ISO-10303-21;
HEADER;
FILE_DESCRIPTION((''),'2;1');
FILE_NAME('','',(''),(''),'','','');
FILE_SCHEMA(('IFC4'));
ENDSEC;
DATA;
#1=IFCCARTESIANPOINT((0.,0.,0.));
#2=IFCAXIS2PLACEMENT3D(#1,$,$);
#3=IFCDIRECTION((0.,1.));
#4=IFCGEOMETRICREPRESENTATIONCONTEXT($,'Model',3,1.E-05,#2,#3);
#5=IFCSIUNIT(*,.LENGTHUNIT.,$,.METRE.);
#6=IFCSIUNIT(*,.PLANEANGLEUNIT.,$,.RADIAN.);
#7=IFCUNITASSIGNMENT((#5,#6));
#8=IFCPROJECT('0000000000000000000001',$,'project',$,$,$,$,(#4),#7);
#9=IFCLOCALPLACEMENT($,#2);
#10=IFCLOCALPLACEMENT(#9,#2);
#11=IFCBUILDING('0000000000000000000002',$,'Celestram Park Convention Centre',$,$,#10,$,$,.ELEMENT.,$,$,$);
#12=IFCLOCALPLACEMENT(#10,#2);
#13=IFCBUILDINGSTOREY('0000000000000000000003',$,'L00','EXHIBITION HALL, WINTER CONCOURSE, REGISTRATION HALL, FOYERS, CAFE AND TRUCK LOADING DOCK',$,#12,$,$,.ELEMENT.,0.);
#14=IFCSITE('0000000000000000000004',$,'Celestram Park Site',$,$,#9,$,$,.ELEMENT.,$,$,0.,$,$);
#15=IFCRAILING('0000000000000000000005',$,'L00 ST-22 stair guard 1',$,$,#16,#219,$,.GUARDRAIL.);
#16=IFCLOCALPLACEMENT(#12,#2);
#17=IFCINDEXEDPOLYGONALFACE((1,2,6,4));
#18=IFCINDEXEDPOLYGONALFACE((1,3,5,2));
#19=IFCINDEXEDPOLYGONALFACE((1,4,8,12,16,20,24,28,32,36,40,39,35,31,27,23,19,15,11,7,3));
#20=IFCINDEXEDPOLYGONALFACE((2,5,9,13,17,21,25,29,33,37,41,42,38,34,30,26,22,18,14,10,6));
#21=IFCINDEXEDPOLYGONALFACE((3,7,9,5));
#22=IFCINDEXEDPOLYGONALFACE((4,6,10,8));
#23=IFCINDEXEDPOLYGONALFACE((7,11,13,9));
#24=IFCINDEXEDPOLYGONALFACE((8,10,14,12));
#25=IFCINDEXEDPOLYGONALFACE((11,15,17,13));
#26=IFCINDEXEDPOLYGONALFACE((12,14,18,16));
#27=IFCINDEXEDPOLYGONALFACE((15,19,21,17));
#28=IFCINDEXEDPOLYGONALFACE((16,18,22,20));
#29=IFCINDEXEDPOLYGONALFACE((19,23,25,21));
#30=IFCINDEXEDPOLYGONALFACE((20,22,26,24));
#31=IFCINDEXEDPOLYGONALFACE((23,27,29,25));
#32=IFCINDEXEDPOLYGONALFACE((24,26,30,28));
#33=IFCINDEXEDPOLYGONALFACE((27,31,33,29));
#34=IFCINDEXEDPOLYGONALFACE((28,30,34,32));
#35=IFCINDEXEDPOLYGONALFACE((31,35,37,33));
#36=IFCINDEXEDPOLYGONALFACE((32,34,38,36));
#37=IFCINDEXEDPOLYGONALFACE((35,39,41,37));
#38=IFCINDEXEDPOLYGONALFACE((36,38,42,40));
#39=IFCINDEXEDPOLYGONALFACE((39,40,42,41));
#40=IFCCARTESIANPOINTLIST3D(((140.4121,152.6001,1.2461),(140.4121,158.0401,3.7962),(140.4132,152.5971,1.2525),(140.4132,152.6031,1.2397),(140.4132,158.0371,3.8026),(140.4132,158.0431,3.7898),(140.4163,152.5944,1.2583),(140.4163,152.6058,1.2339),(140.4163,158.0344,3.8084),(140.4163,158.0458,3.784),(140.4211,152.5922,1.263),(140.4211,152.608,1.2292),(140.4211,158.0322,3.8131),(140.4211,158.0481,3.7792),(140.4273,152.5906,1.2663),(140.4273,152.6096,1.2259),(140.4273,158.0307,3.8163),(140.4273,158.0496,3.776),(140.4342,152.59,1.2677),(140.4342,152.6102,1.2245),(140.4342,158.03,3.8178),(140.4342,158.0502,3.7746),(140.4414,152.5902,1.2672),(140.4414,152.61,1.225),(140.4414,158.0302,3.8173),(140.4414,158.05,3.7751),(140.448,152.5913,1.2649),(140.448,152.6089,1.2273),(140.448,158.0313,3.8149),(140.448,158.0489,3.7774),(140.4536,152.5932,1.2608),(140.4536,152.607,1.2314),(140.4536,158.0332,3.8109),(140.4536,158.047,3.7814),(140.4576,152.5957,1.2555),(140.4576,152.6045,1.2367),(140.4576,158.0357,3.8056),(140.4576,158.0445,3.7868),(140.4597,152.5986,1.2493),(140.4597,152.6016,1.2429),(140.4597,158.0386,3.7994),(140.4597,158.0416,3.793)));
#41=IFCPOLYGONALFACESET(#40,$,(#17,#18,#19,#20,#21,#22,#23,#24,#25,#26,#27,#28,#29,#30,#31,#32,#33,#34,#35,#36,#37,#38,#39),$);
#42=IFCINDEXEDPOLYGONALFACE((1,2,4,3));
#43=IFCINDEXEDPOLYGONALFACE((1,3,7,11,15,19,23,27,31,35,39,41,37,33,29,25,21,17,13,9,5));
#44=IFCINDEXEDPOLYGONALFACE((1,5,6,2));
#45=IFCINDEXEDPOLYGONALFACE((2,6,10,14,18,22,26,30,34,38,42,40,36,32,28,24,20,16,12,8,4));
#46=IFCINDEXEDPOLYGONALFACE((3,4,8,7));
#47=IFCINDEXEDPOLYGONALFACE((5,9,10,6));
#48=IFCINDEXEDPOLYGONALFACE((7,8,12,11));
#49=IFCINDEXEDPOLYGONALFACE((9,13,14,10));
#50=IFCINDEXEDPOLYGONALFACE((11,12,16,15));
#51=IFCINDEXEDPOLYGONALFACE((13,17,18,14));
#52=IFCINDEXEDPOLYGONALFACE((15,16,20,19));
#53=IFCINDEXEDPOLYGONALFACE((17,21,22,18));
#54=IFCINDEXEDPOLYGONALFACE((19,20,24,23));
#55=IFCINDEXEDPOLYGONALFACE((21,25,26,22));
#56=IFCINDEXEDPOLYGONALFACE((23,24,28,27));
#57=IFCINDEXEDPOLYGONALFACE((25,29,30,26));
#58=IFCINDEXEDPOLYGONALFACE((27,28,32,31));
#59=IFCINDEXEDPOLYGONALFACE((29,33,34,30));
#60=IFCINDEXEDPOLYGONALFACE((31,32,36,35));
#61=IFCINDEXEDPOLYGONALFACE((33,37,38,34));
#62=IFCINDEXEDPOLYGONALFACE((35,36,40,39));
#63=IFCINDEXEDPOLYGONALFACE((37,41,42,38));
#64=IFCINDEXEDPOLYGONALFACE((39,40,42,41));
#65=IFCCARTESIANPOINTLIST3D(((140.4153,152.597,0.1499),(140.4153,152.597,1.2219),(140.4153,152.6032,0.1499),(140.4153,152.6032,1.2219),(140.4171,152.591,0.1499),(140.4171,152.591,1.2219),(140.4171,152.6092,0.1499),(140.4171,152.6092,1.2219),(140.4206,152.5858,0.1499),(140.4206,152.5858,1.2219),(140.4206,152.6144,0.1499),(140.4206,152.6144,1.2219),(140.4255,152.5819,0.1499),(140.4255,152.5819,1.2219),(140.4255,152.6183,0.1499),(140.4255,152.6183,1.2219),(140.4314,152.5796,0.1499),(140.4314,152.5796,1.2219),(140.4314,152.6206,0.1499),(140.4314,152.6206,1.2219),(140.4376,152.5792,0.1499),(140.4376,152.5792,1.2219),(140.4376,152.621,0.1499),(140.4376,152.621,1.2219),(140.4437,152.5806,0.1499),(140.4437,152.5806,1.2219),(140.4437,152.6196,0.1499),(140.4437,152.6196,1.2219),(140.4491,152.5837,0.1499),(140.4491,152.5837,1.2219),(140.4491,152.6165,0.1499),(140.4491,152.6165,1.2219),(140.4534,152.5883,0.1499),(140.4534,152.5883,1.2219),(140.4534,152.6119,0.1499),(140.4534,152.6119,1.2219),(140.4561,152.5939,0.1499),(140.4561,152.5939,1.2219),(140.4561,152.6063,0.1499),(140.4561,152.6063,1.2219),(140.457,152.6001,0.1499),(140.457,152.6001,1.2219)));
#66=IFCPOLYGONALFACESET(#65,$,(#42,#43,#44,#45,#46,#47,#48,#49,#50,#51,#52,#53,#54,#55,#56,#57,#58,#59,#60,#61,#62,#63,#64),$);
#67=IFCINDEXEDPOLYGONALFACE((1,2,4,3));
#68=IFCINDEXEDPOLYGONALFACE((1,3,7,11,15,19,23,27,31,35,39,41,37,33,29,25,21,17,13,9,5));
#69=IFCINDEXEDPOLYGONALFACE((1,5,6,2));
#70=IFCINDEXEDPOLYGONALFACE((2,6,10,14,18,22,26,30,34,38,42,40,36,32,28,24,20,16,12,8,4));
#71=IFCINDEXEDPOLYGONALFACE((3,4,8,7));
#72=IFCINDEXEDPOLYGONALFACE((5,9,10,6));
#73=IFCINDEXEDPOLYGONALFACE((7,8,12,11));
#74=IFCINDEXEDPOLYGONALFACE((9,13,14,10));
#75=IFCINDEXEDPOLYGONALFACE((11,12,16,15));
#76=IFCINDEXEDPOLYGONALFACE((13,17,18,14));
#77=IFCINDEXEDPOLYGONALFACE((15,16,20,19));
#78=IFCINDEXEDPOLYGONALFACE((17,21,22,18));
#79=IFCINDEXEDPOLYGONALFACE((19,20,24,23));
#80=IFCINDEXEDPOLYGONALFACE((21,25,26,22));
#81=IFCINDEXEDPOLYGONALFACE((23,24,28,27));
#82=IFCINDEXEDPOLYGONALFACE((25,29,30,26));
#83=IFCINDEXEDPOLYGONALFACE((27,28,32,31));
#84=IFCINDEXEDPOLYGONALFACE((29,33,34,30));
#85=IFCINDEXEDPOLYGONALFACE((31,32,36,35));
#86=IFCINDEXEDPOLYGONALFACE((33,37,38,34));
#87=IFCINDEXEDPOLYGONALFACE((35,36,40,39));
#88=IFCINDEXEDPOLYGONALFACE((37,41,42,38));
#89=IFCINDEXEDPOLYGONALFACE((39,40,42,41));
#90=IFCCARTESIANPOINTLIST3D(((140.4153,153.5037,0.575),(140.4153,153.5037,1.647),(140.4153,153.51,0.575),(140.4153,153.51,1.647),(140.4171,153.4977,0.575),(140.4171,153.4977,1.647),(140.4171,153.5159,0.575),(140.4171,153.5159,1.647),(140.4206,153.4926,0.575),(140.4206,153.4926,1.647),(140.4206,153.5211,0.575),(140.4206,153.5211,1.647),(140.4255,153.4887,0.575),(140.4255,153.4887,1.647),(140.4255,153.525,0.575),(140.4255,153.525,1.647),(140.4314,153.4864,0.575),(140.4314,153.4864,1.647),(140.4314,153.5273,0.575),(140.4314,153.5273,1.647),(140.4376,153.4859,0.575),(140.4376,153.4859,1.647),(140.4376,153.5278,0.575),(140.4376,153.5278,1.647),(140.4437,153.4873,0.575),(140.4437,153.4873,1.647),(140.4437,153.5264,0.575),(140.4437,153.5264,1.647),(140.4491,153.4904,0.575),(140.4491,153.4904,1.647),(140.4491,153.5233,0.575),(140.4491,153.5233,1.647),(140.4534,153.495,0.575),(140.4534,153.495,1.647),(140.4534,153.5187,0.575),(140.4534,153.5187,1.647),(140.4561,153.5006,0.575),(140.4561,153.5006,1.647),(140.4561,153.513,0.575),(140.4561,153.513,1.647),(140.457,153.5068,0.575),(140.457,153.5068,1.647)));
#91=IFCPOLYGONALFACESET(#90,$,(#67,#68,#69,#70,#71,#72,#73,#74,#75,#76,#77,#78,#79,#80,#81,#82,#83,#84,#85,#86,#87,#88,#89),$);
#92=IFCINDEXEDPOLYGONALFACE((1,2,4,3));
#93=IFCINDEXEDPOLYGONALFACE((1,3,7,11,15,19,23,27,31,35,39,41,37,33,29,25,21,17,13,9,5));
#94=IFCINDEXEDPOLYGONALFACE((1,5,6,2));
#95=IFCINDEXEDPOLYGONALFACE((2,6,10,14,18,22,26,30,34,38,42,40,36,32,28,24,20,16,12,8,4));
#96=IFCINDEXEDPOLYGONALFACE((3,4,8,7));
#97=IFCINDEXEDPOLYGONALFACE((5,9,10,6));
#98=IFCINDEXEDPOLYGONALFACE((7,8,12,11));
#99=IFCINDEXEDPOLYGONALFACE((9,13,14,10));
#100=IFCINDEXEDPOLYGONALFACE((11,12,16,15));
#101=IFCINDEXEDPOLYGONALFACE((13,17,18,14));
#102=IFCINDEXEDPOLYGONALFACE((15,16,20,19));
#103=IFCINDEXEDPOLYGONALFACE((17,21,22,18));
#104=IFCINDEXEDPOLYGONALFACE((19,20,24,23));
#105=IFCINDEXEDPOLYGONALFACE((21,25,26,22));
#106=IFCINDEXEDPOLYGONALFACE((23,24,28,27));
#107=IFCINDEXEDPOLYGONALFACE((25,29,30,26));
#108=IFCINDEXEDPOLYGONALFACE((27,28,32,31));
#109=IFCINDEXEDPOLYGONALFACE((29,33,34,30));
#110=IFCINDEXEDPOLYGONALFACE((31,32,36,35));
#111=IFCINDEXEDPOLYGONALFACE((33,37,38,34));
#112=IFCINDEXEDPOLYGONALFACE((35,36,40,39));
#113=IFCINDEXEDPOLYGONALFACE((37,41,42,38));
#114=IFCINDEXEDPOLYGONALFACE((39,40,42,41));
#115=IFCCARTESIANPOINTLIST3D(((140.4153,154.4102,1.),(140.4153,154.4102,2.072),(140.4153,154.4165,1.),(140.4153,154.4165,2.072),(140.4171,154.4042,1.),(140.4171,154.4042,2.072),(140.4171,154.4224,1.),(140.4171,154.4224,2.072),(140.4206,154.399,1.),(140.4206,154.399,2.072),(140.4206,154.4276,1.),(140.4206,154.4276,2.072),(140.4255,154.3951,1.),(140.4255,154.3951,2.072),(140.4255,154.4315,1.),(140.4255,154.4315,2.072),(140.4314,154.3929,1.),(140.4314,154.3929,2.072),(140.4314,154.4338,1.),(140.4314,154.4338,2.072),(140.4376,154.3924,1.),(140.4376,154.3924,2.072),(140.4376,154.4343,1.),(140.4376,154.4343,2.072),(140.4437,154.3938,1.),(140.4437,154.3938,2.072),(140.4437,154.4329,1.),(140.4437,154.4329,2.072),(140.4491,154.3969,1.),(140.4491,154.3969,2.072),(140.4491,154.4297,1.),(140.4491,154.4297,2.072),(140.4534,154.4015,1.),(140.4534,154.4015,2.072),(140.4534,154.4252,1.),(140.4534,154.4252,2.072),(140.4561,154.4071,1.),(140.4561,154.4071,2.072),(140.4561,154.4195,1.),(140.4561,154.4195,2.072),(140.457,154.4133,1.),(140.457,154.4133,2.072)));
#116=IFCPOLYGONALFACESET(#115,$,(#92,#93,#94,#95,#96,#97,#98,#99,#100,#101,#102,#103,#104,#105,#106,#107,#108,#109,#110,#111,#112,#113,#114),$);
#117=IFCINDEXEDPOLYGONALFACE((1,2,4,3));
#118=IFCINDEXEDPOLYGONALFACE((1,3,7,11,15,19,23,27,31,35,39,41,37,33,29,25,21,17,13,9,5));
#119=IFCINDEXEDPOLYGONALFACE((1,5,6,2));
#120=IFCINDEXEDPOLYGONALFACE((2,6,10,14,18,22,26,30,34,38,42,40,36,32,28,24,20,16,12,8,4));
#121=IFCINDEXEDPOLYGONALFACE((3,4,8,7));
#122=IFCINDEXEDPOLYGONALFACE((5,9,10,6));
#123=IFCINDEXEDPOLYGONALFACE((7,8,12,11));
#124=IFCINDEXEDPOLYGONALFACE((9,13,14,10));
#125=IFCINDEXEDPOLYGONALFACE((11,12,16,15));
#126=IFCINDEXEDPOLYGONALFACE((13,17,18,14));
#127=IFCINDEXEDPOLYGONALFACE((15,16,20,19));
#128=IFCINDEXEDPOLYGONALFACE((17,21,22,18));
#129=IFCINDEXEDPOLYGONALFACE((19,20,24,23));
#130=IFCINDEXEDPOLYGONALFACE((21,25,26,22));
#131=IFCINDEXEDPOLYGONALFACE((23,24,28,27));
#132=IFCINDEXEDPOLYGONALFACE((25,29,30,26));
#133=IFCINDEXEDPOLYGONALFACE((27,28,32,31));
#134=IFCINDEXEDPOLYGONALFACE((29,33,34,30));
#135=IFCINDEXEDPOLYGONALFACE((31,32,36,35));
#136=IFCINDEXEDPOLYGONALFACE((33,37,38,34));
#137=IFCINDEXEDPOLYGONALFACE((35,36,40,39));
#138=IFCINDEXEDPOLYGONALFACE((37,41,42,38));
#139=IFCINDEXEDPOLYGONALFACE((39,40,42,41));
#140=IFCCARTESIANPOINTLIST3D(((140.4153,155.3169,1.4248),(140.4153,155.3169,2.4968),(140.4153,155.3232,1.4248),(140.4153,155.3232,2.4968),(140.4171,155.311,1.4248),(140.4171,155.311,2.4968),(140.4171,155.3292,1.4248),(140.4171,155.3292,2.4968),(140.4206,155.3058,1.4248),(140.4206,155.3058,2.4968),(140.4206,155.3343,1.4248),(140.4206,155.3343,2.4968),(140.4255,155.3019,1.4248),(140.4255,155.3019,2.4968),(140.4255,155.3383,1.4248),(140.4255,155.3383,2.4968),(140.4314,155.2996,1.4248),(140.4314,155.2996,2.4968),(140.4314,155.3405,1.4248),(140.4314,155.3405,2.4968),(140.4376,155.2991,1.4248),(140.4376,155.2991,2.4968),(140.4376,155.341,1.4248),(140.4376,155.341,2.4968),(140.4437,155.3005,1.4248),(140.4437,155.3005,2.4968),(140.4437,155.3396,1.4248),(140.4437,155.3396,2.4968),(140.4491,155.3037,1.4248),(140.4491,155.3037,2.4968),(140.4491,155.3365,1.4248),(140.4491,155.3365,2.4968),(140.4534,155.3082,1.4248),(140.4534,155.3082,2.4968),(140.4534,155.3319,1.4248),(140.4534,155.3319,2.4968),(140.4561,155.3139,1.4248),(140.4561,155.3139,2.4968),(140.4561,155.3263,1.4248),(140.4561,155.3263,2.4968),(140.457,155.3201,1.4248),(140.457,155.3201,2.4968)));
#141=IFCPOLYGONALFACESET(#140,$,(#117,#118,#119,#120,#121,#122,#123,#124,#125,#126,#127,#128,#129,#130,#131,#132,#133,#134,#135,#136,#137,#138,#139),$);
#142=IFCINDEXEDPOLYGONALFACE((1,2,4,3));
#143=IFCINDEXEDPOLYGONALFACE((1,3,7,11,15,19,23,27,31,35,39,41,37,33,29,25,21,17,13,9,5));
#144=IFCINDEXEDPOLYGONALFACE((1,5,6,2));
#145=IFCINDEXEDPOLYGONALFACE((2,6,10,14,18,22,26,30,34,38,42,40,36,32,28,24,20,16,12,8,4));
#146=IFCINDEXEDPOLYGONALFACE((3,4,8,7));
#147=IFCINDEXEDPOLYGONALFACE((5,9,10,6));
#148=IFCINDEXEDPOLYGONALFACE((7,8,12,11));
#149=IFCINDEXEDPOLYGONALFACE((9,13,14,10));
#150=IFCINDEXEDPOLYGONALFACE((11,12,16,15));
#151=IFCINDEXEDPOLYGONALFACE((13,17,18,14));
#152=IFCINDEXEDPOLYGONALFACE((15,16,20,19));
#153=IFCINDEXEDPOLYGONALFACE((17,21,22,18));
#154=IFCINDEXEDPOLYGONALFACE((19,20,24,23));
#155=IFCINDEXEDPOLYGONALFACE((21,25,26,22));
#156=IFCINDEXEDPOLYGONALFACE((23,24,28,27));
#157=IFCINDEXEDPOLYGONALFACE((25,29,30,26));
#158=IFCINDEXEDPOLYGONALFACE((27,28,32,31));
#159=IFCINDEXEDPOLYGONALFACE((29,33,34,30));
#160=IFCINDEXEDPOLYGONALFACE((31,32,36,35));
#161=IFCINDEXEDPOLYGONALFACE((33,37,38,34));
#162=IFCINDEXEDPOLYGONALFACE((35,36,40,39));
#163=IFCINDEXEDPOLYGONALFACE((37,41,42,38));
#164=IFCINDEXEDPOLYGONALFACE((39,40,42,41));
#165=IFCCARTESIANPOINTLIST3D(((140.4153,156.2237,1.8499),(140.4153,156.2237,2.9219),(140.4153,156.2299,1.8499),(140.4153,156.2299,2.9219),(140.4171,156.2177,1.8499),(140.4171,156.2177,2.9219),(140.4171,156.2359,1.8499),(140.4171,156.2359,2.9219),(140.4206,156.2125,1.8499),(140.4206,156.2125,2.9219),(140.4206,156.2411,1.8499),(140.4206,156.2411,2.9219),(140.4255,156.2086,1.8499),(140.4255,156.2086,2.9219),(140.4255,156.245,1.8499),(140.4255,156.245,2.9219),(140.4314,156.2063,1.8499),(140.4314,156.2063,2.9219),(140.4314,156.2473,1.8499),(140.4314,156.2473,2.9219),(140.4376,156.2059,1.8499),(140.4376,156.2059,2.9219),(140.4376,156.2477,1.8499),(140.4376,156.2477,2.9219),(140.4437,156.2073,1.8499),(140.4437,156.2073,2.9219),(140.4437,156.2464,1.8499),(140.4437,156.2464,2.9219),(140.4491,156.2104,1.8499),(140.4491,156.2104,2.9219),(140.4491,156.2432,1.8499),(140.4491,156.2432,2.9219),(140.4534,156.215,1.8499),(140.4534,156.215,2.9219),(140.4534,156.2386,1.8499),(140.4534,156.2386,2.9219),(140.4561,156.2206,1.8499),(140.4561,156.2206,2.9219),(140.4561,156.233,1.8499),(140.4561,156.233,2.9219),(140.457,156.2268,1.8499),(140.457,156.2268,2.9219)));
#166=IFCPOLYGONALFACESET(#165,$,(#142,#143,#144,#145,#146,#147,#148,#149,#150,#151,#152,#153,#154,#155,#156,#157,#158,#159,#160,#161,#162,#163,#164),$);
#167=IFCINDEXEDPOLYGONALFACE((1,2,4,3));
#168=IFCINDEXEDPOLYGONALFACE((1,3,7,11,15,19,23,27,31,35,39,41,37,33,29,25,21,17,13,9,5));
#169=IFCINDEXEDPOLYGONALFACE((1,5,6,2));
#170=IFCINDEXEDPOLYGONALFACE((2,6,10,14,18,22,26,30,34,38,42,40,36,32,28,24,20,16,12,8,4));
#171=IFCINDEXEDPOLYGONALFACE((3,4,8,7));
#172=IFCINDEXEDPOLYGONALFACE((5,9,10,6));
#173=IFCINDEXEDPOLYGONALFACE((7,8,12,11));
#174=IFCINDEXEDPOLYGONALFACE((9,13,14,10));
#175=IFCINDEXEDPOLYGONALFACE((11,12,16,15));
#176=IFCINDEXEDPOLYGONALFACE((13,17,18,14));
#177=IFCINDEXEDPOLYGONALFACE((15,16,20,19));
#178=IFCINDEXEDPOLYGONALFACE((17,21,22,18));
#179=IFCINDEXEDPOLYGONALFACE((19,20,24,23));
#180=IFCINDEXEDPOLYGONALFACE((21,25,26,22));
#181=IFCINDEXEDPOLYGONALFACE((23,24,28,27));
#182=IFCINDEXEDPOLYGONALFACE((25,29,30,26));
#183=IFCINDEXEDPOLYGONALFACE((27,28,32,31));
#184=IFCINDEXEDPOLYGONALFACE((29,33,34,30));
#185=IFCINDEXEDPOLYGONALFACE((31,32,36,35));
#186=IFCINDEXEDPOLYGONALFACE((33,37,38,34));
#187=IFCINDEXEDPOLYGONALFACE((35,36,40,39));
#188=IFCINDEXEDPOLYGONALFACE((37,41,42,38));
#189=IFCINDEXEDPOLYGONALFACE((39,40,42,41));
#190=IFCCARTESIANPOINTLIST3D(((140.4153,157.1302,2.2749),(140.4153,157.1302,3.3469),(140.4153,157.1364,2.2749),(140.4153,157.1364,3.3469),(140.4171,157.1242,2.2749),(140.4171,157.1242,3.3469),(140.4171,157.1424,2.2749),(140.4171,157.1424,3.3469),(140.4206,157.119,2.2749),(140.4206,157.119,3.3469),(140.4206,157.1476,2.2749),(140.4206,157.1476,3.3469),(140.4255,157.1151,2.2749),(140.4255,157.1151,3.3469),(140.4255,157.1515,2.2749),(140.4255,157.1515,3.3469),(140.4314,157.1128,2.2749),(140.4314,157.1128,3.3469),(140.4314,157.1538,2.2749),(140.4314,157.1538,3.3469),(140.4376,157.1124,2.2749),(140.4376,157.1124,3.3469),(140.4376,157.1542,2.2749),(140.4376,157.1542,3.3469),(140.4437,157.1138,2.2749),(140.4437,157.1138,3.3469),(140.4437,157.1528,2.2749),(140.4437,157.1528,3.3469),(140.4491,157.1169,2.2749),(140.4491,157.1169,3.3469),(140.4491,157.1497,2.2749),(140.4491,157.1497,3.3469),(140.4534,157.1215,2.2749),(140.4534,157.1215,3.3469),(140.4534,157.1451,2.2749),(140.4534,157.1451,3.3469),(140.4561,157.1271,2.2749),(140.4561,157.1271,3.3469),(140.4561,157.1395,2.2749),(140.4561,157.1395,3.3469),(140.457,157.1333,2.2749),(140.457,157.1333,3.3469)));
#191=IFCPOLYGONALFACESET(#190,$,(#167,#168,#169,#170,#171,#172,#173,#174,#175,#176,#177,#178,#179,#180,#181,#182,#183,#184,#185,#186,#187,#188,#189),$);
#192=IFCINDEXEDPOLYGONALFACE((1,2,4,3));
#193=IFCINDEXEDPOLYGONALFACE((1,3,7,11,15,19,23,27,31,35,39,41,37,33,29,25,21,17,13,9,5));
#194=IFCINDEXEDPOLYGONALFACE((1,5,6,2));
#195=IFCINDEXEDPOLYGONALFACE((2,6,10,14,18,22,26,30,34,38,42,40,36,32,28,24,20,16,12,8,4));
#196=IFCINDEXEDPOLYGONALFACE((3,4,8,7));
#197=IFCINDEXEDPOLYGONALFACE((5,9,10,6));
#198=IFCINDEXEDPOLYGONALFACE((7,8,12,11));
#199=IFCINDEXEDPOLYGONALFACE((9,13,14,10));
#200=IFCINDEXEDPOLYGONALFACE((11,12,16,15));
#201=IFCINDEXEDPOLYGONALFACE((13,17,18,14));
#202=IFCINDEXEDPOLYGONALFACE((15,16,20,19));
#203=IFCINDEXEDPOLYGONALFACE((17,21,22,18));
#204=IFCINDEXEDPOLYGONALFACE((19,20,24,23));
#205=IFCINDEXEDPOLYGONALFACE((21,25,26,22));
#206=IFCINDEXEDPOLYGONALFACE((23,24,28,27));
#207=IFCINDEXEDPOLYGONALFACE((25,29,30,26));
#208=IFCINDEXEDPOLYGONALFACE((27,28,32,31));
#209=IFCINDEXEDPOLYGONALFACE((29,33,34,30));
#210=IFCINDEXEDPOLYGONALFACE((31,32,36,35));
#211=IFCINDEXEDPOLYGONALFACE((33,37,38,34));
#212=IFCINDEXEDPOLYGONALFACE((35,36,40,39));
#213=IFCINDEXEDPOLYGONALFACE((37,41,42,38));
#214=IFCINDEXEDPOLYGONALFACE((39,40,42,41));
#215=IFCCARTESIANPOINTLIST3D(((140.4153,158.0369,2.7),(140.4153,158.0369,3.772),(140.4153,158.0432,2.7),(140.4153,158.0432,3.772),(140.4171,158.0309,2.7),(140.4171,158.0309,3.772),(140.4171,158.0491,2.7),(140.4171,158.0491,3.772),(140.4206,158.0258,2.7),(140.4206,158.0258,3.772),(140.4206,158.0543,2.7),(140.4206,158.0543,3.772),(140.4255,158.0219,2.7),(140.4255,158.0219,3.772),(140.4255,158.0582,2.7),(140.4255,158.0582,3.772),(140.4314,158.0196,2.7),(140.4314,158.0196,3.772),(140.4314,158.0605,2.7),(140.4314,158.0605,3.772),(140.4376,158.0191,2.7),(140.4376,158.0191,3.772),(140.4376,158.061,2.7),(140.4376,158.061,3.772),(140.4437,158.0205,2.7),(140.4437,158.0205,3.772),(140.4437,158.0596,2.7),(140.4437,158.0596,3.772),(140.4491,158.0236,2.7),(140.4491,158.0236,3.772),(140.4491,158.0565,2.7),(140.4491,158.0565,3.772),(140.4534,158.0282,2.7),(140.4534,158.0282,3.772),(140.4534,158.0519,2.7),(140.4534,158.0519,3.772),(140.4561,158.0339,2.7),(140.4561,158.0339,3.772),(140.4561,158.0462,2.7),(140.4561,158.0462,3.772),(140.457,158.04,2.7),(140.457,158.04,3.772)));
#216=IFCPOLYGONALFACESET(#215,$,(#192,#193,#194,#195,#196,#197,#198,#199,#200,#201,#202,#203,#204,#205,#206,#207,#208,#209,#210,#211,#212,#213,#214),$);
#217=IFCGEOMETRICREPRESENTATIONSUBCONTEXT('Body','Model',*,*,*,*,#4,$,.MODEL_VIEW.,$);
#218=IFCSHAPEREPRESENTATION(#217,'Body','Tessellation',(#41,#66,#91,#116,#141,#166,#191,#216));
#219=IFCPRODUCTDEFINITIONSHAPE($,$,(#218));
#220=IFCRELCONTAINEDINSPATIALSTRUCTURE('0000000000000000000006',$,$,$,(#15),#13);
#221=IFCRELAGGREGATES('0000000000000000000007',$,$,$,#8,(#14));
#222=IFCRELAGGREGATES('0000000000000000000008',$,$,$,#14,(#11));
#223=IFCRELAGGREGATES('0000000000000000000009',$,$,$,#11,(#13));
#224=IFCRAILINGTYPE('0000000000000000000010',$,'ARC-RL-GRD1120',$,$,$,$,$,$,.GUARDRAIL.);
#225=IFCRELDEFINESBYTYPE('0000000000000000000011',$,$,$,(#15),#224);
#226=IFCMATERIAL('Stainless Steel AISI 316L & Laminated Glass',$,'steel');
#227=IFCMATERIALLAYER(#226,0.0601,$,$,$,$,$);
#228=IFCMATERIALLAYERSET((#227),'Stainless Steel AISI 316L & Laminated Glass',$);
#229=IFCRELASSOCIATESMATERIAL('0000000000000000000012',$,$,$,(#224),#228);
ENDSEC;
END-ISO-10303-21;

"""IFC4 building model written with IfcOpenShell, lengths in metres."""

from ifc_helpers import new_model, si_unit, direction, frame, origin, origin_2d, place, context, subcontext, project, spatial, circle, extrude, material, layer, layer_set, type_object, element, save


model = new_model("IFC4")

# Units and contexts
model_context = context("Model", 3, precision=1e-05, world=origin(), true_north=direction((0.0, 1.0)))
body_context = subcontext(model_context, "Body", "Model", "MODEL_VIEW")
ifc_project = project(units=[si_unit("LENGTHUNIT", "METRE"), si_unit("PLANEANGLEUNIT", "RADIAN")], contexts=[model_context])

# Site, building, storey
site_placement = place(None, origin())
site = spatial("IfcSite", under=ifc_project, at=site_placement, Name="Celestram Park Site", CompositionType="ELEMENT", RefElevation=0.0)
building_placement = place(site_placement, origin())
building = spatial("IfcBuilding", under=site, at=building_placement, Name="Celestram Park Convention Centre", CompositionType="ELEMENT")
storey_placement = place(building_placement, origin())
storey = spatial("IfcBuildingStorey", under=building, at=storey_placement, Name="L00", Description="EXHIBITION HALL, WINTER CONCOURSE, REGISTRATION HALL, FOYERS, CAFE AND TRUCK LOADING DOCK", CompositionType="ELEMENT", Elevation=0.0)

# Railing
ifc_material_1 = material(Name="Stainless Steel AISI 316L & Laminated Glass", Category="steel")
ifc_layer_1 = layer(ifc_material_1, 0.0601)
ifc_layer_set_1 = layer_set([ifc_layer_1], Name="Stainless Steel AISI 316L & Laminated Glass")
railing_type_1 = type_object("IfcRailingType", Name="ARC-RL-GRD1120", PredefinedType="GUARDRAIL", material=ifc_layer_set_1)
railing_1_placement = place(storey_placement, frame((140.436, 152.6001, 0.1499)))
element("IfcRailing", 1, at=railing_1_placement, inside=storey, type_object=railing_type_1, Name="L00 ST-22 stair guard 1", PredefinedType="GUARDRAIL", context=body_context, shape_type="SweptSolid", body=[
    extrude(circle(Radius=0.0239, at=origin_2d()), frame((0.0, 0.0, 1.0962), z_axis=(0.0, 0.905454, 0.424444), x_axis=(-1.0, 0.0, 0.0)), (0.0, 0.0, 1.0), 6.0081),
    extrude(circle(Radius=0.021, at=origin_2d()), origin(), (0.0, 0.0, 1.0), 1.072),
    extrude(circle(Radius=0.021, at=origin_2d()), frame((0.0, 0.9067, 0.425)), (0.0, 0.0, 1.0), 1.072),
    extrude(circle(Radius=0.021, at=origin_2d()), frame((0.0, 1.8132, 0.8501)), (0.0, 0.0, 1.0), 1.072),
    extrude(circle(Radius=0.021, at=origin_2d()), frame((0.0, 2.72, 1.2749)), (0.0, 0.0, 1.0), 1.072),
    extrude(circle(Radius=0.021, at=origin_2d()), frame((0.0, 3.6267, 1.7)), (0.0, 0.0, 1.0), 1.072),
    extrude(circle(Radius=0.021, at=origin_2d()), frame((0.0, 4.5332, 2.125)), (0.0, 0.0, 1.0), 1.072),
    extrude(circle(Radius=0.021, at=origin_2d()), frame((0.0, 5.4399, 2.55)), (0.0, 0.0, 1.0), 1.072),
])

save(model, "model.ifc")
